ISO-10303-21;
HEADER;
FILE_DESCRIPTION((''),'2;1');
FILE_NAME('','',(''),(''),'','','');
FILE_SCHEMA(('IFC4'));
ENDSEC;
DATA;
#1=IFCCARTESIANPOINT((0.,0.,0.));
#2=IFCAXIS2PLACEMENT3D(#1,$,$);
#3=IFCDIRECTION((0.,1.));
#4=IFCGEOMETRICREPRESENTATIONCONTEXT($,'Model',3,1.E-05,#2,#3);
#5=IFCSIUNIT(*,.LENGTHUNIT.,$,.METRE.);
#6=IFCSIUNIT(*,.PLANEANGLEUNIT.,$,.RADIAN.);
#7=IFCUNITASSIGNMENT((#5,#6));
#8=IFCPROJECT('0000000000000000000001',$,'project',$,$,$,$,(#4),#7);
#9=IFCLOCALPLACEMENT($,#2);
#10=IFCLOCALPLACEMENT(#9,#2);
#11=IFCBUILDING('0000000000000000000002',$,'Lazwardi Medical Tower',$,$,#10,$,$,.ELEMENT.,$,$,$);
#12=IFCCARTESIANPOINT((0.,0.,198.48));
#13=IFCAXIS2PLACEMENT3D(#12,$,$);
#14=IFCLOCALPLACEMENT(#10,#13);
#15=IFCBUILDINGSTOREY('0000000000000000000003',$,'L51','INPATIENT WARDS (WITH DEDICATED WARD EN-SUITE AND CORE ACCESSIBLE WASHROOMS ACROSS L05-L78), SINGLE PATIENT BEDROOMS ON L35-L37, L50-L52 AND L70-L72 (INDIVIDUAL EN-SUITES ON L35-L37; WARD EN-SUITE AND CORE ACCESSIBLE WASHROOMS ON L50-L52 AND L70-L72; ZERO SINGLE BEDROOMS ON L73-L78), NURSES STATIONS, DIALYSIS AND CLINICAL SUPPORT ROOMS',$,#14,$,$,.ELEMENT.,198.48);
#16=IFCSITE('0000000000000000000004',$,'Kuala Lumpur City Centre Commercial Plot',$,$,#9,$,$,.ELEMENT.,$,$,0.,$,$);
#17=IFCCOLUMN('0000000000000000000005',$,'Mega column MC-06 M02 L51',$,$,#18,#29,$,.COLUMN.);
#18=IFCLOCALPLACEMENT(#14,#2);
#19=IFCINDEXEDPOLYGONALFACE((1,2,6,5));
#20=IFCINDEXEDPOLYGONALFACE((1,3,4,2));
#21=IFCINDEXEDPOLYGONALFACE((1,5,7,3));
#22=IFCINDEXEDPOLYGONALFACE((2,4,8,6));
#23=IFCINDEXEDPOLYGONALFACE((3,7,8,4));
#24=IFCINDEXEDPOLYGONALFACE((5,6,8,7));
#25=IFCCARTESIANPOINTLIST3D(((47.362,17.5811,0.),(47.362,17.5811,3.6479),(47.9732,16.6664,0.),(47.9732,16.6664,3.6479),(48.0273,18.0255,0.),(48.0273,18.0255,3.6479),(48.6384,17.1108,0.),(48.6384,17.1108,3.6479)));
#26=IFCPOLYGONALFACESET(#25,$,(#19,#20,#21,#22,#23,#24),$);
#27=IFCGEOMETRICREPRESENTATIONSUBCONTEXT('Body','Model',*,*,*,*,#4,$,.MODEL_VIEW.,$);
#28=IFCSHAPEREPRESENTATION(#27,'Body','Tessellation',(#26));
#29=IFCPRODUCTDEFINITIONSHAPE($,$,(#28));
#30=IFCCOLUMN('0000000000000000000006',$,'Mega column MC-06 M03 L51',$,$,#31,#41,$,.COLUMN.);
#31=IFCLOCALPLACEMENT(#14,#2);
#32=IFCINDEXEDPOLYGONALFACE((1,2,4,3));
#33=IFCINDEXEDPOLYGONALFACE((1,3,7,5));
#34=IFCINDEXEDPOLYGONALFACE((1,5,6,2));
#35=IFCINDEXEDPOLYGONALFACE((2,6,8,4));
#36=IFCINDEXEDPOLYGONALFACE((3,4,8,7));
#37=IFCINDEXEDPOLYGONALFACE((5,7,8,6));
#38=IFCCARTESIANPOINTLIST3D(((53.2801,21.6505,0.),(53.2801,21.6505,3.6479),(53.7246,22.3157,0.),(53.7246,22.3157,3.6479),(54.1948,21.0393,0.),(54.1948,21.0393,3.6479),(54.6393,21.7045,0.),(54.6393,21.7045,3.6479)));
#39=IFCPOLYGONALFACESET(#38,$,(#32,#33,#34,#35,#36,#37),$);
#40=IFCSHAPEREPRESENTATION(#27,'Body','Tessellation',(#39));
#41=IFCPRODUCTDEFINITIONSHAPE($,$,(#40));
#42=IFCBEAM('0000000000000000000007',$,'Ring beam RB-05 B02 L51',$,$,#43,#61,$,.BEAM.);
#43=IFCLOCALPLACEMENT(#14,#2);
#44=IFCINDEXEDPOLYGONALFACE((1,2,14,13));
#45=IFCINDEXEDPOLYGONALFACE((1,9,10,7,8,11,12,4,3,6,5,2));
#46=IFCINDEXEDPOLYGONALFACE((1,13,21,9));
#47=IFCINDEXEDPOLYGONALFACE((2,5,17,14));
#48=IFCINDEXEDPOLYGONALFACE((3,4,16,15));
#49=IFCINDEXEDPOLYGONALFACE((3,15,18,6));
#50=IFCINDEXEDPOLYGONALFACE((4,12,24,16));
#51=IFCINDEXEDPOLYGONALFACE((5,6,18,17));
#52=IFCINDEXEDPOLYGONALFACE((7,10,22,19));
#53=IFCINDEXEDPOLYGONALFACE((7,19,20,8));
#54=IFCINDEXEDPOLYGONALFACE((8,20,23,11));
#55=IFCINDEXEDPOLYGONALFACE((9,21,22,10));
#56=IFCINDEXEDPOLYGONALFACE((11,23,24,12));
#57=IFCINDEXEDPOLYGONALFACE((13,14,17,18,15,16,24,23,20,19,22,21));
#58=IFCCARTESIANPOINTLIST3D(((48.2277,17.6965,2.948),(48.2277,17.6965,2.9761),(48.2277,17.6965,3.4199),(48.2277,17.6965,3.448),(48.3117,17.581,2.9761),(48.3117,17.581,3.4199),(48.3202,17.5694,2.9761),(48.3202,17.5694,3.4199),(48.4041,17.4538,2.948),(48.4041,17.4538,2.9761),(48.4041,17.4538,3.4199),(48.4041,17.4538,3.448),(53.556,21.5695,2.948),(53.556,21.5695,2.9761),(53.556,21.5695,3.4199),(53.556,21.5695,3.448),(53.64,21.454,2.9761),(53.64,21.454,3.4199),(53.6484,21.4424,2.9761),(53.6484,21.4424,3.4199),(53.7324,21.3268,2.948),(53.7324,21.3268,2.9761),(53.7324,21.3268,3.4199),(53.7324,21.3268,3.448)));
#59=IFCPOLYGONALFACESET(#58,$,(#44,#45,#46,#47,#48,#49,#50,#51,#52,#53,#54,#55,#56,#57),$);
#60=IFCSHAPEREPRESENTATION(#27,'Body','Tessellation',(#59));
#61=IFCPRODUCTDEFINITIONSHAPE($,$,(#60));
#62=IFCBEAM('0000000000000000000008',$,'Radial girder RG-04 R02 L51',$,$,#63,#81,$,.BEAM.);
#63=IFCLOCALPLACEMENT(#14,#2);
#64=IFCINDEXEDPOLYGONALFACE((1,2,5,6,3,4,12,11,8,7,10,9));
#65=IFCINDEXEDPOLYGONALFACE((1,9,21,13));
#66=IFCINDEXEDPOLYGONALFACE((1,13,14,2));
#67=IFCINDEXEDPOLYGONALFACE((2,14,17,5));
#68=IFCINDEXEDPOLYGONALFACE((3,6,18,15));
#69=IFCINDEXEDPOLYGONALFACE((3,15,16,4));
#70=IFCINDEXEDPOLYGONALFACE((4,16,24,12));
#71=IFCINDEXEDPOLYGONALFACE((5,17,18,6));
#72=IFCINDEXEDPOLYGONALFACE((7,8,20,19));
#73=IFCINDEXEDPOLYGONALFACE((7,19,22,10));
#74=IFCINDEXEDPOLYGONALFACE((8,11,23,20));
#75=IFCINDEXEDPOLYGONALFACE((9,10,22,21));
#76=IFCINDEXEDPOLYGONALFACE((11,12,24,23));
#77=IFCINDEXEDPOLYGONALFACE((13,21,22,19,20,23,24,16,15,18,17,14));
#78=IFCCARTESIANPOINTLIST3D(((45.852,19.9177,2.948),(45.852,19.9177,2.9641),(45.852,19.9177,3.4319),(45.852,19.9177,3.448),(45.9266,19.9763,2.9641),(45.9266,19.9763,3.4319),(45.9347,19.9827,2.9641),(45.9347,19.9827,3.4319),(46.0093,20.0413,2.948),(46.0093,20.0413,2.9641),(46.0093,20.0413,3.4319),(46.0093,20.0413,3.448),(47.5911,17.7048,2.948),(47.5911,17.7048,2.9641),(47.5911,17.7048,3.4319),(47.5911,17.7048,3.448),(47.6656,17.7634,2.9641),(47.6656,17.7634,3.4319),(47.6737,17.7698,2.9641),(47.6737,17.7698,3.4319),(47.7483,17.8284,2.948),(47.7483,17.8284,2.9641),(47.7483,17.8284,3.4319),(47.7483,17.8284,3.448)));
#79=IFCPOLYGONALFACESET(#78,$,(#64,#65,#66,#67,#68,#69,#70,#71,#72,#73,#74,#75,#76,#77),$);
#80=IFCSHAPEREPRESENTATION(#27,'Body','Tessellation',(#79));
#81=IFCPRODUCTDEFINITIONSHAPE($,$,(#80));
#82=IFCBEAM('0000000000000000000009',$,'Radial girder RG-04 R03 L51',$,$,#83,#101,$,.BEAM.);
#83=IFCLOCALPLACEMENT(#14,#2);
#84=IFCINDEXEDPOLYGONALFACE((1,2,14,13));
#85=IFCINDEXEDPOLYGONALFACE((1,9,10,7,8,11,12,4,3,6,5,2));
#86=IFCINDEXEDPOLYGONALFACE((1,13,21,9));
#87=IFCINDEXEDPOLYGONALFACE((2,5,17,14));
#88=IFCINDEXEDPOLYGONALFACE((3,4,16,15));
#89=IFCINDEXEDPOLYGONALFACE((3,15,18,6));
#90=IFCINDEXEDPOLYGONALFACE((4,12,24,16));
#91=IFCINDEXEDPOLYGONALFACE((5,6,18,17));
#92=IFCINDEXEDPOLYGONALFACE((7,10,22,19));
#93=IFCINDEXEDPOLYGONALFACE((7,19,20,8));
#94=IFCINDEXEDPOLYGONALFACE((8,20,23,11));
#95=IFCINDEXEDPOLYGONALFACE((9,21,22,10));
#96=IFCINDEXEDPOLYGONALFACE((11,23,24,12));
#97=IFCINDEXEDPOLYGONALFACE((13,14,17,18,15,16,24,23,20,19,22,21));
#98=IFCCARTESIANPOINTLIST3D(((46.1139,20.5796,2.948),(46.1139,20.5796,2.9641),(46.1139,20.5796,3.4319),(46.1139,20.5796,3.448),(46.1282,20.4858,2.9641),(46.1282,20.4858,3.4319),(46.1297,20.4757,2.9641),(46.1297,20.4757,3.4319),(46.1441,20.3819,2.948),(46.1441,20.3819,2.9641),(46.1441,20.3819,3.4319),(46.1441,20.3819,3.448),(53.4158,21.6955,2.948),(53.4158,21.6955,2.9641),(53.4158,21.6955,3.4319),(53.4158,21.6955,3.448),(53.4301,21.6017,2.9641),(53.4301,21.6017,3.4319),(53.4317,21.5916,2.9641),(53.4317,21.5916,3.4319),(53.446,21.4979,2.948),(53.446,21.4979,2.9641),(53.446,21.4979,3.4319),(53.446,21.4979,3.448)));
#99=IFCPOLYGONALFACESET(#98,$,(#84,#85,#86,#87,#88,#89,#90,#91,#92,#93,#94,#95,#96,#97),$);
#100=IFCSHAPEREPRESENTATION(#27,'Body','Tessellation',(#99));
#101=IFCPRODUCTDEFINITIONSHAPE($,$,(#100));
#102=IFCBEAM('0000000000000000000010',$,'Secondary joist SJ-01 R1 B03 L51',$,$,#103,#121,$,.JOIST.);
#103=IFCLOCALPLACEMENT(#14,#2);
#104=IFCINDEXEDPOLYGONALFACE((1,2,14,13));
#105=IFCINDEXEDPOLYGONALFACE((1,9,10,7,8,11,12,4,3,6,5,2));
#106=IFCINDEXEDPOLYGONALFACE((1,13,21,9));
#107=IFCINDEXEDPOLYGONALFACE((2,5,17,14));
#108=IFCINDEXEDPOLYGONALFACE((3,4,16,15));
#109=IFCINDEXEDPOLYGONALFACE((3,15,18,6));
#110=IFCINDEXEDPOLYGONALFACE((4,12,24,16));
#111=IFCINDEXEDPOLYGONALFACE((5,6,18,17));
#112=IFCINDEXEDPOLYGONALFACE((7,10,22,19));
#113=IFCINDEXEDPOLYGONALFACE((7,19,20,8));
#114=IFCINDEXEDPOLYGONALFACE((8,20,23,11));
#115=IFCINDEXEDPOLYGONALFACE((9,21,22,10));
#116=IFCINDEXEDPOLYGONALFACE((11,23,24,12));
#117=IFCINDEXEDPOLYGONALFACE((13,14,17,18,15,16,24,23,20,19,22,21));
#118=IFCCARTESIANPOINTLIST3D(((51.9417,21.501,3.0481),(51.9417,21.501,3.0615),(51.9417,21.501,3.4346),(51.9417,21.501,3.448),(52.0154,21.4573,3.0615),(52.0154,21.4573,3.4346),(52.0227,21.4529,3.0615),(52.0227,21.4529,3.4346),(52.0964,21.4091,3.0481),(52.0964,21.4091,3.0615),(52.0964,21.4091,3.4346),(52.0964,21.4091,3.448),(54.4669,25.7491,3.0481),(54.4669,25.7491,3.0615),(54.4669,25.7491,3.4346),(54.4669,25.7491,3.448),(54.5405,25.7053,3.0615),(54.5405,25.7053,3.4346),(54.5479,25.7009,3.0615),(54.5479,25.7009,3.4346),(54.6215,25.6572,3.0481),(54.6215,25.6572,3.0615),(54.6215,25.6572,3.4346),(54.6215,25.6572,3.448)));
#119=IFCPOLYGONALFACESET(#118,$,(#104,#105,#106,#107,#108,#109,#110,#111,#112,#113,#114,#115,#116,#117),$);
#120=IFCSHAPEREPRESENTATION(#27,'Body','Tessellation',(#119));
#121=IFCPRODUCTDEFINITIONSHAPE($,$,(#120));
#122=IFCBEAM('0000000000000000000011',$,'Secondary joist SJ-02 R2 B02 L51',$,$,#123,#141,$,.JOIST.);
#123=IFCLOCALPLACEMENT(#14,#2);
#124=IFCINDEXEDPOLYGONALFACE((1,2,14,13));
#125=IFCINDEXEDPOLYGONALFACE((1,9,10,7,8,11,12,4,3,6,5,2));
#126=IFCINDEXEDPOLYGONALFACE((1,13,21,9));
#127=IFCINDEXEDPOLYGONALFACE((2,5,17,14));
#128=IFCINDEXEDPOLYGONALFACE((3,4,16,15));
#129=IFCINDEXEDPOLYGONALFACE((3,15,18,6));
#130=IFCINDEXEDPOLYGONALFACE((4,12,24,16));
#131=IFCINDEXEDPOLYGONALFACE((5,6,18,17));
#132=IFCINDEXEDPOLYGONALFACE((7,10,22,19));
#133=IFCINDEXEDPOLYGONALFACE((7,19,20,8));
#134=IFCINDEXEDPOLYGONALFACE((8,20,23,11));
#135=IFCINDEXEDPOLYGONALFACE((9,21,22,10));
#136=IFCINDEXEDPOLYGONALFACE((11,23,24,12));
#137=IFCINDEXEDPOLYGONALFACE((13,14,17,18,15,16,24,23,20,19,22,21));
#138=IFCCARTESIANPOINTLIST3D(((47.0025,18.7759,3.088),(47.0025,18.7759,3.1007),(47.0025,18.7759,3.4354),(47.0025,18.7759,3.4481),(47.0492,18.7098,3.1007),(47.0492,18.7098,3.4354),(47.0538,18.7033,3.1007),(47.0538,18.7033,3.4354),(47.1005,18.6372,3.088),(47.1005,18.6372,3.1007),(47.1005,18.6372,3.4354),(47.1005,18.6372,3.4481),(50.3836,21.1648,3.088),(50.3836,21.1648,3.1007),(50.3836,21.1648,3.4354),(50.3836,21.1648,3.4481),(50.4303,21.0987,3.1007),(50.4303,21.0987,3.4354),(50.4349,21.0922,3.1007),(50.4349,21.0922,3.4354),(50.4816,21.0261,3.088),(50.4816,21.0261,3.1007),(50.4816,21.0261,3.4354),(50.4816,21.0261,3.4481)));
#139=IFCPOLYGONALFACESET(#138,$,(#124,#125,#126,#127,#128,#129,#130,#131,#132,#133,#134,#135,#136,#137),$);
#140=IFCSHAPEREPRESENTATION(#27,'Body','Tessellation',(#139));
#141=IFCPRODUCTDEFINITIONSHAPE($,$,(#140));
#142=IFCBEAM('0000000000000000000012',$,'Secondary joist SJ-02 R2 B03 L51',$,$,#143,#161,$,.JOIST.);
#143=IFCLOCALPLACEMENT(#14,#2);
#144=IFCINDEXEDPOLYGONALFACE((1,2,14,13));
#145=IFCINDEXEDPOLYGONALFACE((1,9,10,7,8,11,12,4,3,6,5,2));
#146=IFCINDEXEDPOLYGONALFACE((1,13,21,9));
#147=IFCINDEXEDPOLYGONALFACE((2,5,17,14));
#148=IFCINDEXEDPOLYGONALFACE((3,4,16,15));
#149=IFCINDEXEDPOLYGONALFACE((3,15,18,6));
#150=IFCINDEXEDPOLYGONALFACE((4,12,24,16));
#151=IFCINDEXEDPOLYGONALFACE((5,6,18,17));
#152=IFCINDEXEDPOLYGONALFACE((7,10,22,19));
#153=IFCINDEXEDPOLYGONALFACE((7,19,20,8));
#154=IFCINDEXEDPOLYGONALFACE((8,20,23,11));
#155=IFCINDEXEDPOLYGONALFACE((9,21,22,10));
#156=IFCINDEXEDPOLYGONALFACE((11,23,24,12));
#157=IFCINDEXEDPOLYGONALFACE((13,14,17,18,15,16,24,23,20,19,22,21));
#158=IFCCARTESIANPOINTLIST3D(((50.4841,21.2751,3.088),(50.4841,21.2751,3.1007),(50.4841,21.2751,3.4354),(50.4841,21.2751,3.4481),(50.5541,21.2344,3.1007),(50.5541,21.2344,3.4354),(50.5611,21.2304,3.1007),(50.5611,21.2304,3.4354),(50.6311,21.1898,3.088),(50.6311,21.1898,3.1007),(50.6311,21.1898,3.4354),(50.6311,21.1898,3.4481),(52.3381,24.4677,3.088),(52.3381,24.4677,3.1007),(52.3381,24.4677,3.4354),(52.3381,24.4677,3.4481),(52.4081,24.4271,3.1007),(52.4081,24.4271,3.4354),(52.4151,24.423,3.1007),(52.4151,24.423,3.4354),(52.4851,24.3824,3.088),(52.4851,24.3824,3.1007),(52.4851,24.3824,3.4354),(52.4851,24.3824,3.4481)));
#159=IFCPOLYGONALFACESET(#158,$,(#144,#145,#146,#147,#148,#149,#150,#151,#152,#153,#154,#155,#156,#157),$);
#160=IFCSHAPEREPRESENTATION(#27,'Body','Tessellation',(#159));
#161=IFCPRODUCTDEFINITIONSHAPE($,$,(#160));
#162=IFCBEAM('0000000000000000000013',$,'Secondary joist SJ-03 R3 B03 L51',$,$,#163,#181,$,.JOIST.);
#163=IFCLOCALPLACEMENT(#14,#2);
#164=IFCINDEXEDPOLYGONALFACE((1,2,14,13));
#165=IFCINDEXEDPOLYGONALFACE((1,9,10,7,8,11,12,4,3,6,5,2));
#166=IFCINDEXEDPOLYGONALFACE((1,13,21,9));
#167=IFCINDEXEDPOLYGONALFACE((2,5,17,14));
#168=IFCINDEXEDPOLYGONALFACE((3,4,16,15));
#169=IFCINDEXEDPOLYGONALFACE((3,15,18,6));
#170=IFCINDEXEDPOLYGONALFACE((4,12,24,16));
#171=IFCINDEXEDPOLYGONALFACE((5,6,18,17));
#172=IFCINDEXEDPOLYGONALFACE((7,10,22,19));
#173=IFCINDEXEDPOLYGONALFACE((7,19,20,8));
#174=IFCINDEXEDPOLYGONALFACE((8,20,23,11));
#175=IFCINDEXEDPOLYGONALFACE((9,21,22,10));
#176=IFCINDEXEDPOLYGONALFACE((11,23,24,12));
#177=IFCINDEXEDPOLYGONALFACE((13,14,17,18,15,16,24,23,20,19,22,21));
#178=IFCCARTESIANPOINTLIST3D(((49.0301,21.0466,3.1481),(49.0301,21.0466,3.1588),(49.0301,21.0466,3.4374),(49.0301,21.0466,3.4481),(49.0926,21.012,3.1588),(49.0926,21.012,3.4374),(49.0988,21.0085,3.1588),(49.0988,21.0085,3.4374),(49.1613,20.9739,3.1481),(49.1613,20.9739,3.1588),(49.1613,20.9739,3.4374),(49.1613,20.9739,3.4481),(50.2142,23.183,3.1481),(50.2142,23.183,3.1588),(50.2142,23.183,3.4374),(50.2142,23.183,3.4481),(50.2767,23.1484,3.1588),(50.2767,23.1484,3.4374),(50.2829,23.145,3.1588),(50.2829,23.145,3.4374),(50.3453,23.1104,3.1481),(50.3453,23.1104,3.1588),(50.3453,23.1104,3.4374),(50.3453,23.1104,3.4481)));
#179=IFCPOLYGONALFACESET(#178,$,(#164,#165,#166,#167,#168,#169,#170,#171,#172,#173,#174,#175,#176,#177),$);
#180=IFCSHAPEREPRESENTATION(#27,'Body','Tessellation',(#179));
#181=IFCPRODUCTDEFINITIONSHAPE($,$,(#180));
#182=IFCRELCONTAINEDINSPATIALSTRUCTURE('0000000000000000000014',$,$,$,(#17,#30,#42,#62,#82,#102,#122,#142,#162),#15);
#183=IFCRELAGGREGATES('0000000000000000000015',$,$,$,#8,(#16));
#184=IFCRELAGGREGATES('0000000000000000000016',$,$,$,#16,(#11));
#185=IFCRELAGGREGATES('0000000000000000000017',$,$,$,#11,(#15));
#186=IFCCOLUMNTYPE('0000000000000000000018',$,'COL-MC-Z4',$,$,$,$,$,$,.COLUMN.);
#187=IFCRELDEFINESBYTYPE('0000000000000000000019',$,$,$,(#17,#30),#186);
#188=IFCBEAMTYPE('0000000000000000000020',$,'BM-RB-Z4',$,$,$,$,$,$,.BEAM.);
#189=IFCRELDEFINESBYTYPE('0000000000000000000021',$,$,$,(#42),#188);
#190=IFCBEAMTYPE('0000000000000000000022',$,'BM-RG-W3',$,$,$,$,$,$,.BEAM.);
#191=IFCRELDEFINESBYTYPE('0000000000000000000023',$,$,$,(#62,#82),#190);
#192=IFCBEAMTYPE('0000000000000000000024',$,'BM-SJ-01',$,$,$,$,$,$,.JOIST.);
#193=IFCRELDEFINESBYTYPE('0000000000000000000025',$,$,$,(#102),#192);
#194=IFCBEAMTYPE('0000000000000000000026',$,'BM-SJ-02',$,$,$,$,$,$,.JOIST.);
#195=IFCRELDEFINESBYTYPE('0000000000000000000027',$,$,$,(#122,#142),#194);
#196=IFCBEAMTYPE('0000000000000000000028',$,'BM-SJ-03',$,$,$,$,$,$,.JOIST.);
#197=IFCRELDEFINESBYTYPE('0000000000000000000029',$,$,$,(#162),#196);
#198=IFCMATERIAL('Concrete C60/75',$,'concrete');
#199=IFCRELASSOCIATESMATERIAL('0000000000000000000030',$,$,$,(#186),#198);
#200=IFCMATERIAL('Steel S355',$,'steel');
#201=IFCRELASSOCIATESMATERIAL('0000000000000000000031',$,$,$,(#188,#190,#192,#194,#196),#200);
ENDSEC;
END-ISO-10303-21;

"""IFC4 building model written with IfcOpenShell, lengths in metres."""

from ifc_helpers import new_model, si_unit, direction, frame, origin, origin_2d, place, context, subcontext, project, spatial, rectangle, i_section, extrude, material, material_profile, profile_set, type_object, element, save


model = new_model("IFC4")

# Units and contexts
model_context = context("Model", 3, precision=1e-05, world=origin(), true_north=direction((0.0, 1.0)))
body_context = subcontext(model_context, "Body", "Model", "MODEL_VIEW")
ifc_project = project(units=[si_unit("LENGTHUNIT", "METRE"), si_unit("PLANEANGLEUNIT", "RADIAN")], contexts=[model_context])

# Site, building, storey
site_placement = place(None, origin())
site = spatial("IfcSite", under=ifc_project, at=site_placement, Name="Kuala Lumpur City Centre Commercial Plot", CompositionType="ELEMENT", RefElevation=0.0)
building_placement = place(site_placement, origin())
building = spatial("IfcBuilding", under=site, at=building_placement, Name="Lazwardi Medical Tower", CompositionType="ELEMENT")
storey_placement = place(building_placement, frame((0.0, 0.0, 198.48)))
storey = spatial("IfcBuildingStorey", under=building, at=storey_placement, Name="L51", Description="INPATIENT WARDS (WITH DEDICATED WARD EN-SUITE AND CORE ACCESSIBLE WASHROOMS ACROSS L05-L78), SINGLE PATIENT BEDROOMS ON L35-L37, L50-L52 AND L70-L72 (INDIVIDUAL EN-SUITES ON L35-L37; WARD EN-SUITE AND CORE ACCESSIBLE WASHROOMS ON L50-L52 AND L70-L72; ZERO SINGLE BEDROOMS ON L73-L78), NURSES STATIONS, DIALYSIS AND CLINICAL SUPPORT ROOMS", CompositionType="ELEMENT", Elevation=198.48)

# Columns
ifc_material_1 = material(Name="Concrete C60/75", Category="concrete")
ifc_material_profile_1 = material_profile(ifc_material_1, rectangle(XDim=1.1001, YDim=0.8, at=origin_2d()), Name="CFT-RECT 1100x800")
ifc_profile_set_1 = profile_set([ifc_material_profile_1], Name="Concrete C60/75")
column_type = type_object("IfcColumnType", Name="COL-MC-Z4", PredefinedType="COLUMN", material=ifc_profile_set_1)
for number, where, z_axis, x_axis, name in (
    (1, (48.0002, 17.3459, 0.0), (0.0, 0.0, 1.0), (0.55557, -0.83147, 0.0), "Mega column MC-06 M02 L51"),
    (2, (53.9597, 21.6775, 0.0), (0.0, 0.0, 1.0), (0.83147, -0.55557, 0.0), "Mega column MC-06 M03 L51"),
):
    element("IfcColumn", number, at=place(storey_placement, frame(where, z_axis=z_axis, x_axis=x_axis)), inside=storey, type_object=column_type, Name=name, PredefinedType="COLUMN", context=body_context, shape_type="SweptSolid", body=[
        extrude(rectangle(XDim=1.1001, YDim=0.8, at=origin_2d()), origin(), (0.0, 0.0, 1.0), 3.6479),
    ])

# Beams
ifc_material_2 = material(Name="Steel S355", Category="steel")
ifc_material_profile_2 = material_profile(ifc_material_2, i_section(OverallWidth=0.3, OverallDepth=0.5, WebThickness=0.0144, FlangeThickness=0.0281, at=origin_2d()), Name="HEB 500")
ifc_profile_set_2 = profile_set([ifc_material_profile_2], Name="Steel S355")
beam_type_1 = type_object("IfcBeamType", Name="BM-RB-Z4", PredefinedType="BEAM", material=ifc_profile_set_2)
beam_1_placement = place(storey_placement, frame((48.3159, 17.5752, 3.198), z_axis=(0.80889, 0.58796, 0.0), x_axis=(-0.58796, 0.80889, 0.0)))
element("IfcBeam", 3, at=beam_1_placement, inside=storey, type_object=beam_type_1, Name="Ring beam RB-05 B02 L51", PredefinedType="BEAM", context=body_context, shape_type="SweptSolid", body=[
    extrude(i_section(OverallWidth=0.3, OverallDepth=0.5, WebThickness=0.0144, FlangeThickness=0.0281, at=origin_2d()), origin(), (0.0, 0.0, 1.0), 6.5872),
])
ifc_material_profile_3 = material_profile(ifc_material_2, i_section(OverallWidth=0.2, OverallDepth=0.5, WebThickness=0.0103, FlangeThickness=0.0161, at=origin_2d()), Name="IPE 500")
ifc_profile_set_3 = profile_set([ifc_material_profile_3], Name="Steel S355")
beam_type_2 = type_object("IfcBeamType", Name="BM-RG-W3", PredefinedType="BEAM", material=ifc_profile_set_3)
beam_2_placement = place(storey_placement, frame((47.6697, 17.7666, 3.198), z_axis=(-0.617891, 0.786264, 0.0), x_axis=(-0.786264, -0.617891, 0.0)))
element("IfcBeam", 4, at=beam_2_placement, inside=storey, type_object=beam_type_2, Name="Radial girder RG-04 R02 L51", PredefinedType="BEAM", context=body_context, shape_type="SweptSolid", body=[
    extrude(i_section(OverallWidth=0.2, OverallDepth=0.5, WebThickness=0.0103, FlangeThickness=0.0161, at=origin_2d()), origin(), (0.0, 0.0, 1.0), 2.8145),
])
beam_3_placement = place(storey_placement, frame((53.4309, 21.5967, 3.198), z_axis=(-0.988522, -0.151076, 0.0), x_axis=(0.151076, -0.988522, 0.0)))
element("IfcBeam", 5, at=beam_3_placement, inside=storey, type_object=beam_type_2, Name="Radial girder RG-04 R03 L51", PredefinedType="BEAM", context=body_context, shape_type="SweptSolid", body=[
    extrude(i_section(OverallWidth=0.2, OverallDepth=0.5, WebThickness=0.0103, FlangeThickness=0.0161, at=origin_2d()), origin(), (0.0, 0.0, 1.0), 7.3867),
])
ifc_material_profile_4 = material_profile(ifc_material_2, i_section(OverallWidth=0.1799, OverallDepth=0.3999, WebThickness=0.0085, FlangeThickness=0.0134, at=origin_2d()), Name="IPE 400")
ifc_profile_set_4 = profile_set([ifc_material_profile_4], Name="Steel S355")
beam_type_3 = type_object("IfcBeamType", Name="BM-SJ-01", PredefinedType="JOIST", material=ifc_profile_set_4)
beam_4_placement = place(storey_placement, frame((52.019, 21.4551, 3.248), z_axis=(0.510968, 0.8596, 0.0), x_axis=(-0.8596, 0.510968, 0.0)))
element("IfcBeam", 6, at=beam_4_placement, inside=storey, type_object=beam_type_3, Name="Secondary joist SJ-01 R1 B03 L51", PredefinedType="JOIST", context=body_context, shape_type="SweptSolid", body=[
    extrude(i_section(OverallWidth=0.1799, OverallDepth=0.3999, WebThickness=0.0085, FlangeThickness=0.0134, at=origin_2d()), origin(), (0.0, 0.0, 1.0), 4.9419),
])
ifc_material_profile_5 = material_profile(ifc_material_2, i_section(OverallWidth=0.1699, OverallDepth=0.3601, WebThickness=0.0081, FlangeThickness=0.0127, at=origin_2d()), Name="IPE 360")
ifc_profile_set_5 = profile_set([ifc_material_profile_5], Name="Steel S355")
beam_type_4 = type_object("IfcBeamType", Name="BM-SJ-02", PredefinedType="JOIST", material=ifc_profile_set_5)
beam_5_placement = place(storey_placement, frame((47.0515, 18.7065, 3.2681), z_axis=(0.816711, 0.577047, 0.0), x_axis=(-0.577047, 0.816711, 0.0)))
element("IfcBeam", 7, at=beam_5_placement, inside=storey, type_object=beam_type_4, Name="Secondary joist SJ-02 R2 B02 L51", PredefinedType="JOIST", context=body_context, shape_type="SweptSolid", body=[
    extrude(i_section(OverallWidth=0.1699, OverallDepth=0.3601, WebThickness=0.0081, FlangeThickness=0.0127, at=origin_2d()), origin(), (0.0, 0.0, 1.0), 4.1399),
])
beam_6_placement = place(storey_placement, frame((50.5576, 21.2324, 3.2681), z_axis=(0.50218, 0.864763, 0.0), x_axis=(-0.864763, 0.50218, 0.0)))
element("IfcBeam", 8, at=beam_6_placement, inside=storey, type_object=beam_type_4, Name="Secondary joist SJ-02 R2 B03 L51", PredefinedType="JOIST", context=body_context, shape_type="SweptSolid", body=[
    extrude(i_section(OverallWidth=0.1699, OverallDepth=0.3601, WebThickness=0.0081, FlangeThickness=0.0127, at=origin_2d()), origin(), (0.0, 0.0, 1.0), 3.6919),
])
ifc_material_profile_6 = material_profile(ifc_material_2, i_section(OverallWidth=0.1499, OverallDepth=0.3, WebThickness=0.0071, FlangeThickness=0.0107, at=origin_2d()), Name="IPE 300")
ifc_profile_set_6 = profile_set([ifc_material_profile_6], Name="Steel S355")
beam_type_5 = type_object("IfcBeamType", Name="BM-SJ-03", PredefinedType="JOIST", material=ifc_profile_set_6)
beam_7_placement = place(storey_placement, frame((49.0957, 21.0103, 3.2981), z_axis=(0.484752, 0.874652, 0.0), x_axis=(-0.874652, 0.484752, 0.0)))
element("IfcBeam", 9, at=beam_7_placement, inside=storey, type_object=beam_type_5, Name="Secondary joist SJ-03 R3 B03 L51", PredefinedType="JOIST", context=body_context, shape_type="SweptSolid", body=[
    extrude(i_section(OverallWidth=0.1499, OverallDepth=0.3, WebThickness=0.0071, FlangeThickness=0.0107, at=origin_2d()), origin(), (0.0, 0.0, 1.0), 2.4426),
])

save(model, "model.ifc")
